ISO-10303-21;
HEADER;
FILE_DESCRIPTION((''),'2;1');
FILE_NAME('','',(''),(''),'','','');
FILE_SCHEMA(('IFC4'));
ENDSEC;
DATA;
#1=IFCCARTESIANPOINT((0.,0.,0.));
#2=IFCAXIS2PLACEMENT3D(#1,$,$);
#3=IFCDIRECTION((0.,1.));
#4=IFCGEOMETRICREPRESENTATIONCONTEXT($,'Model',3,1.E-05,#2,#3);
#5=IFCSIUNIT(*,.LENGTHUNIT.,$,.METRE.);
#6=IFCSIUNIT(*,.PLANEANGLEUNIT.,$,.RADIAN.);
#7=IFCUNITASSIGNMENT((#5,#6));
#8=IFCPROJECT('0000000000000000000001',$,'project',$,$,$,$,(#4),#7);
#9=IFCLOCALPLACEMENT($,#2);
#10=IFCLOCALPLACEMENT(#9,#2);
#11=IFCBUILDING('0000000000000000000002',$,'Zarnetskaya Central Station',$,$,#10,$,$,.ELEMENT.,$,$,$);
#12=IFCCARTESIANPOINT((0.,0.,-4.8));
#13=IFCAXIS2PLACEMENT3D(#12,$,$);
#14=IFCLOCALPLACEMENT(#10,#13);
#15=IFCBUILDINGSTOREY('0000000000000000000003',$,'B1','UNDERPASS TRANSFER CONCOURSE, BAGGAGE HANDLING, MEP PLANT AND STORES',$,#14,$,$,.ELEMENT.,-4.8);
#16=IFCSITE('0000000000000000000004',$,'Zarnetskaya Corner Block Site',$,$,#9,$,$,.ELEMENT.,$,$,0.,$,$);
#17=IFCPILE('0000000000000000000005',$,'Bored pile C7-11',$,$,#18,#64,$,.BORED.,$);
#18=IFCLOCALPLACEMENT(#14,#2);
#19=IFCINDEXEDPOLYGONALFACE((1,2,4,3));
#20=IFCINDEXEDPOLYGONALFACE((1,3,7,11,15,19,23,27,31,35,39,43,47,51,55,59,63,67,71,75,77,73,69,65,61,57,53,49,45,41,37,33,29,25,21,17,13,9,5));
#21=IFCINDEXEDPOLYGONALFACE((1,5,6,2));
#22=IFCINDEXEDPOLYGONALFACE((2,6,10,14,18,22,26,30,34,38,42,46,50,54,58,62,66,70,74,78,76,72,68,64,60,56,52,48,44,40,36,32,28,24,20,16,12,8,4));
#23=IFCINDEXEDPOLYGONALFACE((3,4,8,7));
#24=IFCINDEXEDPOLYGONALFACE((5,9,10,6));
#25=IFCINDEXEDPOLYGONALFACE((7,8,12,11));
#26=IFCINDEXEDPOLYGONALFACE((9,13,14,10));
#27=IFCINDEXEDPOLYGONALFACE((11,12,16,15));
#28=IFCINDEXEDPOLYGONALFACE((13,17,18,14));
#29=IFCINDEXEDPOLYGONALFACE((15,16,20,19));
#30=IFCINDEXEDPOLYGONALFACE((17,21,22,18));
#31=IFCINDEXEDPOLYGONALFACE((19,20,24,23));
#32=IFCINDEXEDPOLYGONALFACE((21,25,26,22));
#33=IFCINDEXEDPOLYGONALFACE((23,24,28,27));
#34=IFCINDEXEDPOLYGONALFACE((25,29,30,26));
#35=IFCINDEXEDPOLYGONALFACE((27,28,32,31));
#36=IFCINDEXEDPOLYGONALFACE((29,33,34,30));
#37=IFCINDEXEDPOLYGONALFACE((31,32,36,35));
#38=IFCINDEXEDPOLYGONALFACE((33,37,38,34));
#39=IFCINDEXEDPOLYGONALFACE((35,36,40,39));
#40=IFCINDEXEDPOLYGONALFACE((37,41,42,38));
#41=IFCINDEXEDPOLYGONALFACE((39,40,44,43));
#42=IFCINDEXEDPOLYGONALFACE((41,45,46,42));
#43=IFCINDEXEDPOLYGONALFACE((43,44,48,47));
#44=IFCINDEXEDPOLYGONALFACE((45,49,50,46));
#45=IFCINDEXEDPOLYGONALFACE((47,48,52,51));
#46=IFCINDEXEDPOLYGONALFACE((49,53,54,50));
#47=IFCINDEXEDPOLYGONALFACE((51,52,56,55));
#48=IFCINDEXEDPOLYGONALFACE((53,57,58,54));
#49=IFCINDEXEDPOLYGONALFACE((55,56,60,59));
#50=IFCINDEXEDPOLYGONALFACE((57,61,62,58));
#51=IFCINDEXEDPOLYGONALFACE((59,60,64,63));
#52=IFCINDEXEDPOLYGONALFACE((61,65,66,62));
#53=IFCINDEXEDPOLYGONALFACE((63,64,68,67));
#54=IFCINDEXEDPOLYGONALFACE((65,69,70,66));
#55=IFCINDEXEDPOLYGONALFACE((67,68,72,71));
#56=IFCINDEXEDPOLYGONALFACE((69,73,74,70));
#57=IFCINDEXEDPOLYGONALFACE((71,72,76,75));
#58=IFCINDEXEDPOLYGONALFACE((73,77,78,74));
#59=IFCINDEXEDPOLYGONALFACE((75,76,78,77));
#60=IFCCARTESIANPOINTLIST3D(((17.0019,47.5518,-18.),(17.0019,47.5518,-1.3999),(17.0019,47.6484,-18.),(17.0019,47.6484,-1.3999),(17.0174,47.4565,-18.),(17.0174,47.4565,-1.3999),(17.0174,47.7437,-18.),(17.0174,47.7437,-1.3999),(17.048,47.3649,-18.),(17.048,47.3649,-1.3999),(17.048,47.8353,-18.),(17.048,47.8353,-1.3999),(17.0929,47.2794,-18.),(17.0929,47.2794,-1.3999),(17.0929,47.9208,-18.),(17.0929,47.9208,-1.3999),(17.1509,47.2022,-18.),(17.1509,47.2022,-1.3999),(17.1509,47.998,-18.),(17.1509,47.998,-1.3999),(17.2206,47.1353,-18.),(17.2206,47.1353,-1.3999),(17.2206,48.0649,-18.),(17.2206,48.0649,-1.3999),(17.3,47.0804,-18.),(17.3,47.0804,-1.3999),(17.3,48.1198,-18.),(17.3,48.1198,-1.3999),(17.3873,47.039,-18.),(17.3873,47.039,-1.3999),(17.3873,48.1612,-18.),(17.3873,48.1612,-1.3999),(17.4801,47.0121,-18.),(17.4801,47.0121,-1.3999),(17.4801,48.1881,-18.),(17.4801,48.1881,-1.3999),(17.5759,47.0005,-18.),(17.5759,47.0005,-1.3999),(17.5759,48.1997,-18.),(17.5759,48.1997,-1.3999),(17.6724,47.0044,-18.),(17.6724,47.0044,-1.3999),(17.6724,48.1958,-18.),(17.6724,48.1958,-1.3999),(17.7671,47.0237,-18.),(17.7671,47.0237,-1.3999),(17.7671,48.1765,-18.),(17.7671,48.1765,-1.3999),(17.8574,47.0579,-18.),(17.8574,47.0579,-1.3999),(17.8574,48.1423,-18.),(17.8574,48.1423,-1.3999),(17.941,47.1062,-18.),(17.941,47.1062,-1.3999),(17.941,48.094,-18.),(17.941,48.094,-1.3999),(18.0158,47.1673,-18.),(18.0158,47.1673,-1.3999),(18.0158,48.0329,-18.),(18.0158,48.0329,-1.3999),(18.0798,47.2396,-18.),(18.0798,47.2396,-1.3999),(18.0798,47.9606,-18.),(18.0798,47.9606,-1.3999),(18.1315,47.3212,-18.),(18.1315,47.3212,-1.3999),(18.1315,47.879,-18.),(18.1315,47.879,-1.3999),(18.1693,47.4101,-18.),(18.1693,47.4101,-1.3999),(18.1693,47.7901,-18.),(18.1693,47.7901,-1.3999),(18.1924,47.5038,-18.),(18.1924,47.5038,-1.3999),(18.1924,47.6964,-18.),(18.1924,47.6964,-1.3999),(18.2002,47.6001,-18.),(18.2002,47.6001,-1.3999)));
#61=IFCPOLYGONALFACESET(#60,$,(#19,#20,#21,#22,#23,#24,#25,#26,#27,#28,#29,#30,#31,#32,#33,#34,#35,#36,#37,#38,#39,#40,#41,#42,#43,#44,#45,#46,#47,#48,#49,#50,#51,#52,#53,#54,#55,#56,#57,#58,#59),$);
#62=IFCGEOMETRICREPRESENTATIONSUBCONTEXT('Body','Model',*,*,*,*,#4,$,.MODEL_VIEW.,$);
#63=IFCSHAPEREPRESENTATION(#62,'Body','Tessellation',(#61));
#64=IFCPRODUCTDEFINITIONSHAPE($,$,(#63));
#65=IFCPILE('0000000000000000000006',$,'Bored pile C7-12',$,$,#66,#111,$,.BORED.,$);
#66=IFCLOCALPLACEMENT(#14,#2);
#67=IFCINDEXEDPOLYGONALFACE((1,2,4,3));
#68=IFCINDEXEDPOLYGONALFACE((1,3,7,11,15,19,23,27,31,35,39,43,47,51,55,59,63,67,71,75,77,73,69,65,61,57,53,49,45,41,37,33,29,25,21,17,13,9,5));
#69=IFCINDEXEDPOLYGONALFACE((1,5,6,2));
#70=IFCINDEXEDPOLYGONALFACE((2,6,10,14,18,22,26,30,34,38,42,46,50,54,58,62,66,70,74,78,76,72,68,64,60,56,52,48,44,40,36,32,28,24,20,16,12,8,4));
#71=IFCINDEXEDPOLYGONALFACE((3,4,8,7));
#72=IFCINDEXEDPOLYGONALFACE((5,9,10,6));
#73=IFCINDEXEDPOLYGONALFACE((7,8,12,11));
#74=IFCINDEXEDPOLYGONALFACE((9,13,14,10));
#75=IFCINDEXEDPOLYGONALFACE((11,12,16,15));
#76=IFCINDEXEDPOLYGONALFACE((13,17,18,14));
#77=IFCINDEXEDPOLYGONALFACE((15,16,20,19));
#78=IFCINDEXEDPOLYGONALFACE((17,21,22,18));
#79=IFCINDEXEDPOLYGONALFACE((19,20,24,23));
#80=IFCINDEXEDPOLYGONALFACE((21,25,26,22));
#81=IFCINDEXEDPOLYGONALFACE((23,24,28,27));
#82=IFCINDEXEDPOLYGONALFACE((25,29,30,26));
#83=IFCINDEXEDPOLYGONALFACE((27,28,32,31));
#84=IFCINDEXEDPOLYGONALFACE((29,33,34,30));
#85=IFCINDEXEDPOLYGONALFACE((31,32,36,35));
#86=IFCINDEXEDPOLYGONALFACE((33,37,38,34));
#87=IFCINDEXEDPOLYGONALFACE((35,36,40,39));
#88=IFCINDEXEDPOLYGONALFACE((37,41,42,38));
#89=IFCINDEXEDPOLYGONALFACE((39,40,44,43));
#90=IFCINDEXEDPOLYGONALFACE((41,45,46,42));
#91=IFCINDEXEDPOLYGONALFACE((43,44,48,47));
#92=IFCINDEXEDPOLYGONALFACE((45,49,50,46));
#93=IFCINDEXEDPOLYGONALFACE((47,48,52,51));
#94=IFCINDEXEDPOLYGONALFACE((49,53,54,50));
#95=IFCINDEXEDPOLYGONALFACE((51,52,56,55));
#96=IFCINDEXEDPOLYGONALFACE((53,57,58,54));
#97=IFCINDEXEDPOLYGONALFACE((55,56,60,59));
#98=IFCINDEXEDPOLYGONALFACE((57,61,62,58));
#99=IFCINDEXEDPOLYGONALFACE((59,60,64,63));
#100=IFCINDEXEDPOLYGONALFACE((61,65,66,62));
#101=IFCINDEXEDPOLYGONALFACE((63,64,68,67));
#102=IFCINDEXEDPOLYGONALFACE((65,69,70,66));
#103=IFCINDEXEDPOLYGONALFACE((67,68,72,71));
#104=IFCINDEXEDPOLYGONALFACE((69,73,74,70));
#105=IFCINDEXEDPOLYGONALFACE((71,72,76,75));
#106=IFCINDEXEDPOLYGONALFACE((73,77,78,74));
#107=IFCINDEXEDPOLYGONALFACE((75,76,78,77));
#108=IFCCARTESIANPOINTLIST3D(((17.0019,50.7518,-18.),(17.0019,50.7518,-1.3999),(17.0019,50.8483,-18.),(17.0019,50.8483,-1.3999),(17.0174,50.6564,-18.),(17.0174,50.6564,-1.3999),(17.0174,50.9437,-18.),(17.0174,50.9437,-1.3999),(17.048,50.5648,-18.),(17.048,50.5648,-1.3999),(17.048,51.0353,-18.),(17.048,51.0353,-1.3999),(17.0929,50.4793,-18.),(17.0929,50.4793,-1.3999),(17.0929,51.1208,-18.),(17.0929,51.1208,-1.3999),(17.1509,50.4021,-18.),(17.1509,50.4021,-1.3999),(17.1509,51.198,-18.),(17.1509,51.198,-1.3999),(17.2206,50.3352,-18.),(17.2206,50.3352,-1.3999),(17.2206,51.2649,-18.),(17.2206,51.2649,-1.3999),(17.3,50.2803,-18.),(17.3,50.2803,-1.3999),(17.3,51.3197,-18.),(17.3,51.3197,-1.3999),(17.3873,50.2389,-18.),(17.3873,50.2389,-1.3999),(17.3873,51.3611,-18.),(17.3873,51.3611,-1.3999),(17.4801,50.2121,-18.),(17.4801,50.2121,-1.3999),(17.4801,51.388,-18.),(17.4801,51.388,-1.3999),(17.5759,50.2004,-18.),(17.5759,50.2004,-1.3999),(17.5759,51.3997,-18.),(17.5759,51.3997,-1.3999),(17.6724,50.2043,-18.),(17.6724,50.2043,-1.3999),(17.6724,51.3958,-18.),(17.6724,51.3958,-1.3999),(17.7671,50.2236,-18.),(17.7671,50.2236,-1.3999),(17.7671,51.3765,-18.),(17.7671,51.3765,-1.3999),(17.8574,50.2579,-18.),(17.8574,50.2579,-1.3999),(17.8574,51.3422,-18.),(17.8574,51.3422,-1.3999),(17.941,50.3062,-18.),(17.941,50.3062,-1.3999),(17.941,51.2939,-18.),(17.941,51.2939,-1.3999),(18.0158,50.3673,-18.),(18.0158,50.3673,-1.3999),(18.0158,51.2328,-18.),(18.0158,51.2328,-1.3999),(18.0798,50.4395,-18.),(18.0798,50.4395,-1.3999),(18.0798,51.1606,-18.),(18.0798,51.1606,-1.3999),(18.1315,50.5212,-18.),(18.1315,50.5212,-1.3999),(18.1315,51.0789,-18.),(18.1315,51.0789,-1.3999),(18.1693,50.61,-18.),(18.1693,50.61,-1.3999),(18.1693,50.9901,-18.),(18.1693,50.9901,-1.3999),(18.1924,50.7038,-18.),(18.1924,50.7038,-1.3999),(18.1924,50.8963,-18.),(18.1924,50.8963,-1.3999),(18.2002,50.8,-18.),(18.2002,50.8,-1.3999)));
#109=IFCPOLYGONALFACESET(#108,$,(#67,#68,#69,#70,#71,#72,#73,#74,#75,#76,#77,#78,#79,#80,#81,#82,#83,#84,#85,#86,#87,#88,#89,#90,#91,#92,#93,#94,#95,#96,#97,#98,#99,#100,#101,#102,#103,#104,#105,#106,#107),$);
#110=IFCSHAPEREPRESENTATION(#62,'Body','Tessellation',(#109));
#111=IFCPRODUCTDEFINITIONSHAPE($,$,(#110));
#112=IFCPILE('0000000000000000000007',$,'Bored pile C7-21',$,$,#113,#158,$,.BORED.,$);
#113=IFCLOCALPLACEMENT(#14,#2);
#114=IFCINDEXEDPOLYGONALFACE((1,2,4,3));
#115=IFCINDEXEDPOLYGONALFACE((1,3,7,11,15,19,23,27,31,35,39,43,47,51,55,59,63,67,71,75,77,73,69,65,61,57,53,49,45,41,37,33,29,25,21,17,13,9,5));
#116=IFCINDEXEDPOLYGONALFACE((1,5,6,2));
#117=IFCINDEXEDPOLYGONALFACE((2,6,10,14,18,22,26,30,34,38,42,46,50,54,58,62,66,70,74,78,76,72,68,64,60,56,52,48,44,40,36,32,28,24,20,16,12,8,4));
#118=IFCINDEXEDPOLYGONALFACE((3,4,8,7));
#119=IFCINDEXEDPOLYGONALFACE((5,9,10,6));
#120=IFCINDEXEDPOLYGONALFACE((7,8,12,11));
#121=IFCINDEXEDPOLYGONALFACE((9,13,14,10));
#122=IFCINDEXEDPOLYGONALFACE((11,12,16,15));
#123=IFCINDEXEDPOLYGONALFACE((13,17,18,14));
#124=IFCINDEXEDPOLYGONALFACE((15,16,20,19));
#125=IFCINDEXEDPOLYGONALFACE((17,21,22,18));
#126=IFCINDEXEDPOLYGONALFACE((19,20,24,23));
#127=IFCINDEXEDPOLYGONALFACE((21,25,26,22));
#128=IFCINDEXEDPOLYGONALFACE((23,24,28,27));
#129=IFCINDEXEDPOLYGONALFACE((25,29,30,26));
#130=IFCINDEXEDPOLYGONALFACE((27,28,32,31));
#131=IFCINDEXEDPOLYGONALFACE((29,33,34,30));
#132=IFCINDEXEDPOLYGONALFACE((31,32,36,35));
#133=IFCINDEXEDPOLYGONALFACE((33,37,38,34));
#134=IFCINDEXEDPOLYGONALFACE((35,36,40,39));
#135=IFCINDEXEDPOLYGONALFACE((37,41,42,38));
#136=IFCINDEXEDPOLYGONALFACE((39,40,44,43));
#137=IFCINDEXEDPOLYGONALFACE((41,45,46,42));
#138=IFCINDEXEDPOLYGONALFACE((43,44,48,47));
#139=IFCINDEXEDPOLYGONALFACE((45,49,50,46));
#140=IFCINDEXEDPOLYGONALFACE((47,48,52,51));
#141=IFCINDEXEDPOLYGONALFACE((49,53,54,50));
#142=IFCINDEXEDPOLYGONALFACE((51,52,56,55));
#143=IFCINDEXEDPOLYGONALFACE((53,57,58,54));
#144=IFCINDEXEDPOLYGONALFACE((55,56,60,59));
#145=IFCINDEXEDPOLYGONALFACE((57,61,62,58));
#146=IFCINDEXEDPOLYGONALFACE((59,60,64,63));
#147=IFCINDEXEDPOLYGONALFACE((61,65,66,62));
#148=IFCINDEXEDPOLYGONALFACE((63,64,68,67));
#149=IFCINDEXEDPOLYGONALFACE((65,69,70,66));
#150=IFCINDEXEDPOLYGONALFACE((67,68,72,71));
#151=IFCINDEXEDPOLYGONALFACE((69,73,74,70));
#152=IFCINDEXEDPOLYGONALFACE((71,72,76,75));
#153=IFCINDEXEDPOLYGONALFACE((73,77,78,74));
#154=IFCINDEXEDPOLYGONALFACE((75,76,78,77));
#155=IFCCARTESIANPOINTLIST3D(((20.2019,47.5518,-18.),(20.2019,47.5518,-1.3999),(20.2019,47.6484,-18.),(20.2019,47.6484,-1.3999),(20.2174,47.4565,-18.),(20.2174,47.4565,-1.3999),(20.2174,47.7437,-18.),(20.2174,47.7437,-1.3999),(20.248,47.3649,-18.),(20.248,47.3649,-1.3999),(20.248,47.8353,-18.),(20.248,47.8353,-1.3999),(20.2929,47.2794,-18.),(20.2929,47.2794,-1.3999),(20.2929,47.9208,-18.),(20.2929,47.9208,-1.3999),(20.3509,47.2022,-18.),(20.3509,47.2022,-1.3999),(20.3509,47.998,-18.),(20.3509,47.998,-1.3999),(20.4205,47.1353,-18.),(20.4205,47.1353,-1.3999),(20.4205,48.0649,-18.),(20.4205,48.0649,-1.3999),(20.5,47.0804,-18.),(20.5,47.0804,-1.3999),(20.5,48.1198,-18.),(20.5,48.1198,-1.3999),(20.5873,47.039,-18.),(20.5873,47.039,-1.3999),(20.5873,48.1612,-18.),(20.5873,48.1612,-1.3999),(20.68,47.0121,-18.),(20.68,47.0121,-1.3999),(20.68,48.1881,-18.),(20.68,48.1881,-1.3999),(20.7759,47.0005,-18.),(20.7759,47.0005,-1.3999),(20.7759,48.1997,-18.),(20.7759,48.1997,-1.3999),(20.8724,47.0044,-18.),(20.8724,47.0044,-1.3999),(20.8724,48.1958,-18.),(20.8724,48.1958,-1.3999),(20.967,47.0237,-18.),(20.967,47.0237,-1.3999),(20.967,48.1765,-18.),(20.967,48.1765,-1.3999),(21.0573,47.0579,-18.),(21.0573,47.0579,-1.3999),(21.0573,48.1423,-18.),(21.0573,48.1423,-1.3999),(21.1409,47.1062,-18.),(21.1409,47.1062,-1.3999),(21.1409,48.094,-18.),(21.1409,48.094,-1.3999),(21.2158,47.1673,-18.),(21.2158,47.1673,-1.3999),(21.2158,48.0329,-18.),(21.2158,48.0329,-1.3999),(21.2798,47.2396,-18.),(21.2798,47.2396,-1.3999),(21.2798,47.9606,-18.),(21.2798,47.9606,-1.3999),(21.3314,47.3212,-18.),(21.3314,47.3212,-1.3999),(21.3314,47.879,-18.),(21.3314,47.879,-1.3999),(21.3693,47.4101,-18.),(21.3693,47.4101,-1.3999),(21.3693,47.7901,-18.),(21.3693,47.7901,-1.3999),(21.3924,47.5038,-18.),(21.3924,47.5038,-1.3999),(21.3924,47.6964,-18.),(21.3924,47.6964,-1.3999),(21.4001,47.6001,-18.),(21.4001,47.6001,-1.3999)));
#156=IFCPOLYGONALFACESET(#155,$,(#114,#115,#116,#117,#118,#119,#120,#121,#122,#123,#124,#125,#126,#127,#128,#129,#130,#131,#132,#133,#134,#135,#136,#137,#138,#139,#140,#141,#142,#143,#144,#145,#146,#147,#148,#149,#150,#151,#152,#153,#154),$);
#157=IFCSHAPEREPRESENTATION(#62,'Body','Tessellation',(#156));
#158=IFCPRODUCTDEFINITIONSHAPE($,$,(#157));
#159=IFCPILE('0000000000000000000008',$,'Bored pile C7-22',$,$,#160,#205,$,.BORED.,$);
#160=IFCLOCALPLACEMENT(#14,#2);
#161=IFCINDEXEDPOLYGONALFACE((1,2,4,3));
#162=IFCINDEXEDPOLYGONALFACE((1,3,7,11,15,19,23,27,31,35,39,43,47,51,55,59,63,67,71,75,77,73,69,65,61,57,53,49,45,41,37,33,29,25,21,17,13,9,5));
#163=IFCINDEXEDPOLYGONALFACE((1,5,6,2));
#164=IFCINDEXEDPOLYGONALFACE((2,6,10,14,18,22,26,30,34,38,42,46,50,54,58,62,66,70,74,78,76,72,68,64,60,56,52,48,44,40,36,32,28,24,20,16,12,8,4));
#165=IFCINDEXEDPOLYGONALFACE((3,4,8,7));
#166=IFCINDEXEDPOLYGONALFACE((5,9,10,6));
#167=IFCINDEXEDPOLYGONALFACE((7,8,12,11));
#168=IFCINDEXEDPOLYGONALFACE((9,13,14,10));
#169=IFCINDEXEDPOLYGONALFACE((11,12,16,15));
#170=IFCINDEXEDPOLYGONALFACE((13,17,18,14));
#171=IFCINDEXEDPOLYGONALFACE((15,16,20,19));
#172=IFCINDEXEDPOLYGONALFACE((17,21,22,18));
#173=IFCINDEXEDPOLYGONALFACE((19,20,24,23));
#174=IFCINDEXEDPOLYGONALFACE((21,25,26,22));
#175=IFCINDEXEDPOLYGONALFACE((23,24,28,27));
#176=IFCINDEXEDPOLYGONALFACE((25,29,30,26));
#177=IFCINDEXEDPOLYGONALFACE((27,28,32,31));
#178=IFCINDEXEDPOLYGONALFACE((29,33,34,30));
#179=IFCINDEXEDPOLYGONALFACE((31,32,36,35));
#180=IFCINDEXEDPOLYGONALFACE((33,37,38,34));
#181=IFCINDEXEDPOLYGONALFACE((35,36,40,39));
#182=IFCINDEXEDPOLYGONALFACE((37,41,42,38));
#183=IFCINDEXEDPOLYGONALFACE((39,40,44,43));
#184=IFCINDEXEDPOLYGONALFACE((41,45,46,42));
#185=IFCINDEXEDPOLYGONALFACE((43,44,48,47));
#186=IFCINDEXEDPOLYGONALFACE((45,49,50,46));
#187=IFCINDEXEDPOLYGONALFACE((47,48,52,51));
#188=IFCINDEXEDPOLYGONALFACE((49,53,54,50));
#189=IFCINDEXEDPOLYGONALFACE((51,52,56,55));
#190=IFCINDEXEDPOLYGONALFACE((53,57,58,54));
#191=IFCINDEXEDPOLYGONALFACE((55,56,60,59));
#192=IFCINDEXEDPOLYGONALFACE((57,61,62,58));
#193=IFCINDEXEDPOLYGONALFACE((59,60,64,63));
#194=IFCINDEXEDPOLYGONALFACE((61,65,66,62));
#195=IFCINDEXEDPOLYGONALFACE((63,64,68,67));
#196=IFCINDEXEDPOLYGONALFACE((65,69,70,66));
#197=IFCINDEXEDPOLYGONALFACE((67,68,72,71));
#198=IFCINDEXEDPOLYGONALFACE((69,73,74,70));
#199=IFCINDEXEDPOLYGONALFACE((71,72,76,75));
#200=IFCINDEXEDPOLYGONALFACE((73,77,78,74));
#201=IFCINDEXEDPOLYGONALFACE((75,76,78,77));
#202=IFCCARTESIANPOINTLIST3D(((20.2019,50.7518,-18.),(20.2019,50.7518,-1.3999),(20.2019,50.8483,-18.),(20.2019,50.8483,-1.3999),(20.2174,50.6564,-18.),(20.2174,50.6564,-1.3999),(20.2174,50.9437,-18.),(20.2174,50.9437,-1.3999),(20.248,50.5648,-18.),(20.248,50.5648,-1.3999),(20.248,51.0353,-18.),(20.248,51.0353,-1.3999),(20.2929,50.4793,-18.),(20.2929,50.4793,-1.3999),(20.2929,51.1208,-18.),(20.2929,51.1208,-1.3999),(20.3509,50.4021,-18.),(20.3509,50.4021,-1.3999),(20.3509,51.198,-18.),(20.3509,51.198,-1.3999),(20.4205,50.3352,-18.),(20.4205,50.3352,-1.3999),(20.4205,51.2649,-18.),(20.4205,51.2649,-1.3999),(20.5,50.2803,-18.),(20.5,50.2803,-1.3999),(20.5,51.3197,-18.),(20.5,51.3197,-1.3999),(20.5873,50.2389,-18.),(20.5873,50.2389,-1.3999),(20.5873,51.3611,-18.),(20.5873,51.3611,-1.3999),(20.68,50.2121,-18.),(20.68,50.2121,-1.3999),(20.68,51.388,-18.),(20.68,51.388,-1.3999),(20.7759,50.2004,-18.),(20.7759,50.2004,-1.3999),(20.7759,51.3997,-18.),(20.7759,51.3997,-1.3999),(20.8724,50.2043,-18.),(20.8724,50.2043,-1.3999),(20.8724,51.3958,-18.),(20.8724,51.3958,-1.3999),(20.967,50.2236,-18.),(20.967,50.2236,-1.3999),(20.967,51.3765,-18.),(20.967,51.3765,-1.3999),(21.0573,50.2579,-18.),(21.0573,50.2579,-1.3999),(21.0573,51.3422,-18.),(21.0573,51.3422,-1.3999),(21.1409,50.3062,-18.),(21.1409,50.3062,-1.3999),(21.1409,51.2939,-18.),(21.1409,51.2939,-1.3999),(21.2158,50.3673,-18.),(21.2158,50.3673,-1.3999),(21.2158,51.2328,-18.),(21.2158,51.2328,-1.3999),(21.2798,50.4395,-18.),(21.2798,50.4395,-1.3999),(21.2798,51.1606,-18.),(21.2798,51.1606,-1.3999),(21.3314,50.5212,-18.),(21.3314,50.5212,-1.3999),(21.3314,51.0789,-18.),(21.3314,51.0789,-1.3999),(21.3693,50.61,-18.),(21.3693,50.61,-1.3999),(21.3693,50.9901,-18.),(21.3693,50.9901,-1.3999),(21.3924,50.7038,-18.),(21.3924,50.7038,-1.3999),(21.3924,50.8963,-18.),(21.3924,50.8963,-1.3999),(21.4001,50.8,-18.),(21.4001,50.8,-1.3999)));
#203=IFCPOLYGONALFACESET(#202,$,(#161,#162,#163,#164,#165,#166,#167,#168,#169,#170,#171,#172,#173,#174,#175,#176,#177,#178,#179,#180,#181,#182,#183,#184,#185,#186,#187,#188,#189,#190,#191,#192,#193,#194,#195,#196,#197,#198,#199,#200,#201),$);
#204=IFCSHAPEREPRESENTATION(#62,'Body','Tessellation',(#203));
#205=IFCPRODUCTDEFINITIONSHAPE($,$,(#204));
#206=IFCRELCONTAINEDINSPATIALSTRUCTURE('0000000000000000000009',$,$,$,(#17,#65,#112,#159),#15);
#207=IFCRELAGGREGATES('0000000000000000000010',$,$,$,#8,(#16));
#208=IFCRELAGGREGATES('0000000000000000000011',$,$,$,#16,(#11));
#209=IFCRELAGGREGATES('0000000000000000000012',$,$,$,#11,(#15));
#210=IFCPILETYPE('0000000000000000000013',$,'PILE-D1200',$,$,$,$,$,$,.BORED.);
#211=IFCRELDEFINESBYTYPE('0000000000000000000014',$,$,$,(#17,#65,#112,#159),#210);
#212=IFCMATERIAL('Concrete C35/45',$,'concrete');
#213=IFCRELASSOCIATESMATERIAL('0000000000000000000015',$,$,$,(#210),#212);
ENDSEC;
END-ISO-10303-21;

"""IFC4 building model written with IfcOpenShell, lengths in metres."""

from ifc_helpers import new_model, si_unit, direction, frame, origin, origin_2d, place, context, subcontext, project, spatial, circle, extrude, material, material_profile, profile_set, type_object, element, save


model = new_model("IFC4")

# Units and contexts
model_context = context("Model", 3, precision=1e-05, world=origin(), true_north=direction((0.0, 1.0)))
body_context = subcontext(model_context, "Body", "Model", "MODEL_VIEW")
ifc_project = project(units=[si_unit("LENGTHUNIT", "METRE"), si_unit("PLANEANGLEUNIT", "RADIAN")], contexts=[model_context])

# Site, building, storey
site_placement = place(None, origin())
site = spatial("IfcSite", under=ifc_project, at=site_placement, Name="Zarnetskaya Corner Block Site", CompositionType="ELEMENT", RefElevation=0.0)
building_placement = place(site_placement, origin())
building = spatial("IfcBuilding", under=site, at=building_placement, Name="Zarnetskaya Central Station", CompositionType="ELEMENT")
storey_placement = place(building_placement, frame((0.0, 0.0, -4.8)))
storey = spatial("IfcBuildingStorey", under=building, at=storey_placement, Name="B1", Description="UNDERPASS TRANSFER CONCOURSE, BAGGAGE HANDLING, MEP PLANT AND STORES", CompositionType="ELEMENT", Elevation=-4.8)

# Shared definitions
ifc_material = material(Name="Concrete C35/45", Category="concrete")

# Piles
ifc_material_profile_1 = material_profile(ifc_material, circle(Radius=0.6001, at=origin_2d()), Name="BORED PILE D1200")
ifc_profile_set_1 = profile_set([ifc_material_profile_1], Name="Concrete C35/45")
pile_type = type_object("IfcPileType", Name="PILE-D1200", PredefinedType="BORED", material=ifc_profile_set_1)
for number, where, z_axis, x_axis, name in (
    (1, (17.6001, 47.6001, -1.3999), (0.0, 0.0, -1.0), (1.0, 0.0, 0.0), "Bored pile C7-11"),
    (2, (17.6001, 50.8, -1.3999), (0.0, 0.0, -1.0), (1.0, 0.0, 0.0), "Bored pile C7-12"),
    (3, (20.8, 47.6001, -1.3999), (0.0, 0.0, -1.0), (1.0, 0.0, 0.0), "Bored pile C7-21"),
    (4, (20.8, 50.8, -1.3999), (0.0, 0.0, -1.0), (1.0, 0.0, 0.0), "Bored pile C7-22"),
):
    element("IfcPile", number, at=place(storey_placement, frame(where, z_axis=z_axis, x_axis=x_axis)), inside=storey, type_object=pile_type, Name=name, PredefinedType="BORED", context=body_context, shape_type="SweptSolid", body=[
        extrude(circle(Radius=0.6001, at=origin_2d()), origin(), (0.0, 0.0, 1.0), 16.6001),
    ])

save(model, "model.ifc")
